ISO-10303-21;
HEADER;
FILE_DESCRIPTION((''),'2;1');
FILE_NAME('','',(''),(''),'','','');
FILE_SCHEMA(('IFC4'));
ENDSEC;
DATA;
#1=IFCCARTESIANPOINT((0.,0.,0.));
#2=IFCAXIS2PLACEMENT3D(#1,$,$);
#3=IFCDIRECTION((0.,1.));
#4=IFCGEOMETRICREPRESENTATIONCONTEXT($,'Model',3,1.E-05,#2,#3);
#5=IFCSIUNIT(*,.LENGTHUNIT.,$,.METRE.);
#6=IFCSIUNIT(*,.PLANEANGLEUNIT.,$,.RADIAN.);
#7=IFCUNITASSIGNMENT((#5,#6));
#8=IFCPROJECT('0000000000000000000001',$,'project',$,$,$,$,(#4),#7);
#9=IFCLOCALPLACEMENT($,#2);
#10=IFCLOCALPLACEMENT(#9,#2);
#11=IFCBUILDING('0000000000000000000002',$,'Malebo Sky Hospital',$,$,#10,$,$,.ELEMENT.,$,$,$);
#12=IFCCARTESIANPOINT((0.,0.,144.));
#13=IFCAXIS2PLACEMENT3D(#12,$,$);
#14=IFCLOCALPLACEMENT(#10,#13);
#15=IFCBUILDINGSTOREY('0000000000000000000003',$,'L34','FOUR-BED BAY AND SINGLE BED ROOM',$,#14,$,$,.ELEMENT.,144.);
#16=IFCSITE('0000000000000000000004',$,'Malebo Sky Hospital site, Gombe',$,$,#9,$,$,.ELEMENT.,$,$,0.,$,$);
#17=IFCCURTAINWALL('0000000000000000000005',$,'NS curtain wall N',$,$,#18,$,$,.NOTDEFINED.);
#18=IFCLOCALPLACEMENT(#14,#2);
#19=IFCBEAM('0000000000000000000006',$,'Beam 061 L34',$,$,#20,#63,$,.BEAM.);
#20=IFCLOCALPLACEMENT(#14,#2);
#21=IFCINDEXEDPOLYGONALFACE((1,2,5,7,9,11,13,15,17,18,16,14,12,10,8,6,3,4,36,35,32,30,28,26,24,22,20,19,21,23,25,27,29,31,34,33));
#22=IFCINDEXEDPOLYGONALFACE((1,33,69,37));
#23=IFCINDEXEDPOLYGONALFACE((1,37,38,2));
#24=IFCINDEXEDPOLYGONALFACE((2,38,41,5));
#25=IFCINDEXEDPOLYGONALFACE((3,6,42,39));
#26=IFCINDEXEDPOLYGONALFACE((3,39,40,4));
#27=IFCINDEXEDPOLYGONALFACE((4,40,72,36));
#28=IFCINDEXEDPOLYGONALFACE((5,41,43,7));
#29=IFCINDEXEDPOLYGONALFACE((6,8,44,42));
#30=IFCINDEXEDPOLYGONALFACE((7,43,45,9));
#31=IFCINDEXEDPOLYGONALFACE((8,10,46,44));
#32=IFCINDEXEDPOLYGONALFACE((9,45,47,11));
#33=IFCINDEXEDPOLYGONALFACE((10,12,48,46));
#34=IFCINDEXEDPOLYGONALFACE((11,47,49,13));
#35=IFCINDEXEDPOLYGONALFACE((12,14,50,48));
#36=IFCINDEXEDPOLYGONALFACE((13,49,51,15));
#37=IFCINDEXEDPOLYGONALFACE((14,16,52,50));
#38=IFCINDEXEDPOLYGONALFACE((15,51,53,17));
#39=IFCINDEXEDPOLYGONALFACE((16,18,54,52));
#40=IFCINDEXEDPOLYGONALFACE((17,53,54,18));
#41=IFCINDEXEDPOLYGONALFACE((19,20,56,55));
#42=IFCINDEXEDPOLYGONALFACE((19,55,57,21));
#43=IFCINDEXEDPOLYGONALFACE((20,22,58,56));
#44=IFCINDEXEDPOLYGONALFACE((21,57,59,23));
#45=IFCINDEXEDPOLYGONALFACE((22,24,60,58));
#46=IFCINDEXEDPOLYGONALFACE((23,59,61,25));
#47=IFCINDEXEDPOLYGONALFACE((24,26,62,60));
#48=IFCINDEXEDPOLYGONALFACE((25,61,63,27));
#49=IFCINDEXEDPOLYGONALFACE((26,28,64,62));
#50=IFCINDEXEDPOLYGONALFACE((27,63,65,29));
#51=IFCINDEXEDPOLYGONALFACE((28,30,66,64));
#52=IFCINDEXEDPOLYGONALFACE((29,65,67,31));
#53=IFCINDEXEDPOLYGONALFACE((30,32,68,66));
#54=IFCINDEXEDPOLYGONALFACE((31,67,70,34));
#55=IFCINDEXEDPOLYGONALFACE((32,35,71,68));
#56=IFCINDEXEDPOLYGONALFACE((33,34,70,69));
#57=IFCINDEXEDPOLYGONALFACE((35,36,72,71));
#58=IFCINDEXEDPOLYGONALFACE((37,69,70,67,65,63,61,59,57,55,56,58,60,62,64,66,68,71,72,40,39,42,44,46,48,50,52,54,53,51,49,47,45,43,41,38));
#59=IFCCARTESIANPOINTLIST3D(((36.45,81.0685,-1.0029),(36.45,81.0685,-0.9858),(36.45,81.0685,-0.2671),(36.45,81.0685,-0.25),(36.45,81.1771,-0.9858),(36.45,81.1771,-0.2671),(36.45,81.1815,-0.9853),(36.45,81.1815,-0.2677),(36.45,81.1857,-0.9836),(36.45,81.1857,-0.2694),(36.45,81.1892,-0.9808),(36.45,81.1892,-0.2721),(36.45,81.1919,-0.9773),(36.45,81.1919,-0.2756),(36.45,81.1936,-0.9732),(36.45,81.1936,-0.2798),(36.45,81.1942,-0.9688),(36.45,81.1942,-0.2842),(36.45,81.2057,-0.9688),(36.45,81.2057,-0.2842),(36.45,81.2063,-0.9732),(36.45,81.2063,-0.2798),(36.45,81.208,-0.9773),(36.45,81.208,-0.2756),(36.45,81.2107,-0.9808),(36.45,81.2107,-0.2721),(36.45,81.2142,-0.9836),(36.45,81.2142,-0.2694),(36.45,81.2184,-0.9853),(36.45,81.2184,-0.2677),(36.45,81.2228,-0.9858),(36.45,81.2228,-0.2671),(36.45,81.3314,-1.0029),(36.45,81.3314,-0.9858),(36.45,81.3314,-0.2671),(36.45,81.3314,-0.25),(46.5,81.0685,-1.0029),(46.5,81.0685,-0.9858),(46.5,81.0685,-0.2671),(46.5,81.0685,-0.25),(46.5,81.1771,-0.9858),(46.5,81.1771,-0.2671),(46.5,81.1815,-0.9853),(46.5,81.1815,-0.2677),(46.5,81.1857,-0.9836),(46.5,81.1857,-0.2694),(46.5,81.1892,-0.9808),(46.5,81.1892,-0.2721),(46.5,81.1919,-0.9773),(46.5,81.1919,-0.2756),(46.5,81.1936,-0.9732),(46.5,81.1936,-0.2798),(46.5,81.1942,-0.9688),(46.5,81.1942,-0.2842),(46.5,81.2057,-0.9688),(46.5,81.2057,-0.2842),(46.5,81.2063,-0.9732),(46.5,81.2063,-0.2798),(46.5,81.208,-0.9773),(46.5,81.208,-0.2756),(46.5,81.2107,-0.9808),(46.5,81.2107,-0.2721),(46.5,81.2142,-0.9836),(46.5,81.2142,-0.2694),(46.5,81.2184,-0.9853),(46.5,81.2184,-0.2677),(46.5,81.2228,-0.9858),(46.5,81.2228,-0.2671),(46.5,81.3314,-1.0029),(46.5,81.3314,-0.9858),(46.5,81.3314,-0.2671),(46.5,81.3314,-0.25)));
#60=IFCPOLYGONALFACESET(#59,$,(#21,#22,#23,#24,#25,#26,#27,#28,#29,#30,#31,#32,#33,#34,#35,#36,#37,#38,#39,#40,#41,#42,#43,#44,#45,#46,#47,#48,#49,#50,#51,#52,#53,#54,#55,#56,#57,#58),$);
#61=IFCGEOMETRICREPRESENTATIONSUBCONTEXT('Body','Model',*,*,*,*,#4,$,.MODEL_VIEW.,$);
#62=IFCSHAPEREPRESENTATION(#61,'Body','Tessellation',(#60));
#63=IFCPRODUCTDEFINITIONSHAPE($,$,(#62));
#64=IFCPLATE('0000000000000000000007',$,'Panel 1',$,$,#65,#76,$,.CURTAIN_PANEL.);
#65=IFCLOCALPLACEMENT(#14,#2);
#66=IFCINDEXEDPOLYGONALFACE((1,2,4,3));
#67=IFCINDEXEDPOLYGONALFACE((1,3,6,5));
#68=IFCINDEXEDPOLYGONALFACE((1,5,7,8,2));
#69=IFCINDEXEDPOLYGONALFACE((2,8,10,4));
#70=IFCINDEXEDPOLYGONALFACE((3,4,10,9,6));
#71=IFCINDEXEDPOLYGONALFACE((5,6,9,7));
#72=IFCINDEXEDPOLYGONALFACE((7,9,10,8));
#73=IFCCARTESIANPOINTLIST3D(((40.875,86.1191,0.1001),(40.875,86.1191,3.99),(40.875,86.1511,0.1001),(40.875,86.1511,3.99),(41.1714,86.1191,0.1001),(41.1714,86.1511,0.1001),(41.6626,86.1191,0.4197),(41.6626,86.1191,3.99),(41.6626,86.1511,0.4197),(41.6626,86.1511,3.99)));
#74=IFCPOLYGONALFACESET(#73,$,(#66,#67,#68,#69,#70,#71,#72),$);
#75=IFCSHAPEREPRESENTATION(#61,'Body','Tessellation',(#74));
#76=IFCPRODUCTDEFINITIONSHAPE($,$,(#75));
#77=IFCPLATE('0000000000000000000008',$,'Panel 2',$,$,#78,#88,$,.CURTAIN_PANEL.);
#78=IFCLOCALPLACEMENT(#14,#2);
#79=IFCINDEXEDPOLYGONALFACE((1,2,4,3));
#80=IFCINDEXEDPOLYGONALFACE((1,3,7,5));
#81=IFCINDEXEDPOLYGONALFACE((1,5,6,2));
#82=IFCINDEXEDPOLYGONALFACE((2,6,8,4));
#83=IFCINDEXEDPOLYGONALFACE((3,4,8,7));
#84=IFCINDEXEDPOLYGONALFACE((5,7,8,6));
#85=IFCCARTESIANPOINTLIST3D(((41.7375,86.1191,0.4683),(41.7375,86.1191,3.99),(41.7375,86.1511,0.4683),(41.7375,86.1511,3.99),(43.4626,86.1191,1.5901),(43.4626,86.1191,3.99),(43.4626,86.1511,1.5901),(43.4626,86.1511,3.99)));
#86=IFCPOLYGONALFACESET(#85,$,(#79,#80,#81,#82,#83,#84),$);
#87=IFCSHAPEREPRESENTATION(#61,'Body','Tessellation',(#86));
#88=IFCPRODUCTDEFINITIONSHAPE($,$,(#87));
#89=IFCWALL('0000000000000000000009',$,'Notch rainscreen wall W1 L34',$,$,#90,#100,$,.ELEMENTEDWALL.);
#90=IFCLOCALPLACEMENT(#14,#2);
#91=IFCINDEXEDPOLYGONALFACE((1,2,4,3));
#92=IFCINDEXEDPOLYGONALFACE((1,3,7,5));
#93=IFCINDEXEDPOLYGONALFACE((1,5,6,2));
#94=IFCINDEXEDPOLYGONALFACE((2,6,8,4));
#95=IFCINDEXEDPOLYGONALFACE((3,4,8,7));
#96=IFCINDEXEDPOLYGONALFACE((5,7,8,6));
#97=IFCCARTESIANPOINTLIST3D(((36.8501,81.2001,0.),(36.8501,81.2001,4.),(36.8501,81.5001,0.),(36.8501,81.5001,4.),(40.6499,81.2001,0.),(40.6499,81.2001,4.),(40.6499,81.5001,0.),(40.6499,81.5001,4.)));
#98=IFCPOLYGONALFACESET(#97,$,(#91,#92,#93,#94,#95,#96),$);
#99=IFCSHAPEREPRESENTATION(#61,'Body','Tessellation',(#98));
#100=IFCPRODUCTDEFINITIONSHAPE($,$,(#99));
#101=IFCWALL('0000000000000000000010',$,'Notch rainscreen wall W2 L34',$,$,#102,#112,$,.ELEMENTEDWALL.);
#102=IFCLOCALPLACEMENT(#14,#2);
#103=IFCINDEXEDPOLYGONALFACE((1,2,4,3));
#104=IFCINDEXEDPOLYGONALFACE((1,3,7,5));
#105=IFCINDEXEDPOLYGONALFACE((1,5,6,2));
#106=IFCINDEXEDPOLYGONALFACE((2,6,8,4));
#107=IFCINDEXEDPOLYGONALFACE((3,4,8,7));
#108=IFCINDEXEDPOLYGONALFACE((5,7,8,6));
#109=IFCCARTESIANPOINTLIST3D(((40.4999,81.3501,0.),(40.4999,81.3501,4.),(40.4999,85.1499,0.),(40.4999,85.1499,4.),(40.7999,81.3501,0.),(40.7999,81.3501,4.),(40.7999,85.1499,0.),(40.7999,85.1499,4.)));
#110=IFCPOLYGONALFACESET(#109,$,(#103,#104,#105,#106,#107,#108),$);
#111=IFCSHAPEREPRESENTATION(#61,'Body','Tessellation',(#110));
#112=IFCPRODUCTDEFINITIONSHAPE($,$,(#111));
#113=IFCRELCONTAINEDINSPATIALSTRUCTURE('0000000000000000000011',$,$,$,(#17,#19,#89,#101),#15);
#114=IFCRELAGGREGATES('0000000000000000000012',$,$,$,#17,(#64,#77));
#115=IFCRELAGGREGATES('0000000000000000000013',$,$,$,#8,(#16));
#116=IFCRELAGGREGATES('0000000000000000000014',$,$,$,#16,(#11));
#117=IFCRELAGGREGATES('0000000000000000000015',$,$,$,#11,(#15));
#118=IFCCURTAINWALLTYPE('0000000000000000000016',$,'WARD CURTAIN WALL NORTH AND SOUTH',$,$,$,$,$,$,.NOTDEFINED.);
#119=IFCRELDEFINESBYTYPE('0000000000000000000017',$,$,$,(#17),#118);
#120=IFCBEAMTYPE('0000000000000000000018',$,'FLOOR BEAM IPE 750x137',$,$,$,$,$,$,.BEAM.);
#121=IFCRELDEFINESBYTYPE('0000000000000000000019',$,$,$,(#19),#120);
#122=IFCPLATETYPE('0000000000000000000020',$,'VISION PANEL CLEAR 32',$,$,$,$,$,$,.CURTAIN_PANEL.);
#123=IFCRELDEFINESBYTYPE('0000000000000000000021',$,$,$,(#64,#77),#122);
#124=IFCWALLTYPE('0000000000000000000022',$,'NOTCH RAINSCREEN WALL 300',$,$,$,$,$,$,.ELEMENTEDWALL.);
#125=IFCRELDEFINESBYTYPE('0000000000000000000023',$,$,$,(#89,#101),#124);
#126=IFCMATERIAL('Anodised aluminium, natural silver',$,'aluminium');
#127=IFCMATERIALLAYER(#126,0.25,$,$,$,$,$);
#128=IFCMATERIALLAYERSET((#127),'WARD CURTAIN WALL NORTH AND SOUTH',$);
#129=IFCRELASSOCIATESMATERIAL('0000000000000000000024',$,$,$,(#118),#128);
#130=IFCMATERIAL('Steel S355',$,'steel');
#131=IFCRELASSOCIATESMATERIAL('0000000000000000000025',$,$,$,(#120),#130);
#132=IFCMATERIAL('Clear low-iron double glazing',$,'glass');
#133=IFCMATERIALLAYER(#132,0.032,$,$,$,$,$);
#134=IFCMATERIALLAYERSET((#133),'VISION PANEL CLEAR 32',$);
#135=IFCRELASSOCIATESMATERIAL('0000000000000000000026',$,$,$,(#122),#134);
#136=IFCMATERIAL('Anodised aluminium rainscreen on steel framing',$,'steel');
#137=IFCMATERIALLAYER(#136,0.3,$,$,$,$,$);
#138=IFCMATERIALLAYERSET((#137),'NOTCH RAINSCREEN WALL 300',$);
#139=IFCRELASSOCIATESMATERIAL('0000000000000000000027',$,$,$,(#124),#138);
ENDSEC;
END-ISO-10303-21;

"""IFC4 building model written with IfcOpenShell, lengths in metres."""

from ifc_helpers import new_model, si_unit, direction, frame, frame_2d, origin, origin_2d, place, context, subcontext, project, spatial, polyline, rectangle, i_section, outline, extrude, material, layer, layer_set, material_profile, profile_set, type_object, element, aggregate, save


model = new_model("IFC4")

# Units and contexts
model_context = context("Model", 3, precision=1e-05, world=origin(), true_north=direction((0.0, 1.0)))
body_context = subcontext(model_context, "Body", "Model", "MODEL_VIEW")
ifc_project = project(units=[si_unit("LENGTHUNIT", "METRE"), si_unit("PLANEANGLEUNIT", "RADIAN")], contexts=[model_context])

# Site, building, storey
site_placement = place(None, origin())
site = spatial("IfcSite", under=ifc_project, at=site_placement, Name="Malebo Sky Hospital site, Gombe", CompositionType="ELEMENT", RefElevation=0.0)
building_placement = place(site_placement, origin())
building = spatial("IfcBuilding", under=site, at=building_placement, Name="Malebo Sky Hospital", CompositionType="ELEMENT")
storey_placement = place(building_placement, frame((0.0, 0.0, 144.0)))
storey = spatial("IfcBuildingStorey", under=building, at=storey_placement, Name="L34", Description="FOUR-BED BAY AND SINGLE BED ROOM", CompositionType="ELEMENT", Elevation=144.0)

# Curtain wall
ifc_material_1 = material(Name="Anodised aluminium, natural silver", Category="aluminium")
ifc_layer_1 = layer(ifc_material_1, 0.25)
ifc_layer_set_1 = layer_set([ifc_layer_1], Name="WARD CURTAIN WALL NORTH AND SOUTH")
curtain_wall_type_1 = type_object("IfcCurtainWallType", Name="WARD CURTAIN WALL NORTH AND SOUTH", PredefinedType="NOTDEFINED", material=ifc_layer_set_1)
curtain_wall_1_placement = place(storey_placement, origin())
curtain_wall_1 = element("IfcCurtainWall", 1, at=curtain_wall_1_placement, inside=storey, type_object=curtain_wall_type_1, Name="NS curtain wall N", PredefinedType="NOTDEFINED")

# Shared definitions
ifc_material_2 = material(Name="Steel S355", Category="steel")

# Beam
ifc_material_profile_1 = material_profile(ifc_material_2, i_section(OverallWidth=0.2629, OverallDepth=0.7529, WebThickness=0.0115, FlangeThickness=0.0171, FilletRadius=0.0171, at=origin_2d()), Name="IPE 750x137")
ifc_profile_set_1 = profile_set([ifc_material_profile_1], Name="Steel S355")
beam_type_1 = type_object("IfcBeamType", Name="FLOOR BEAM IPE 750x137", PredefinedType="BEAM", material=ifc_profile_set_1)
beam_1_placement = place(storey_placement, frame((36.45, 81.2, -0.6265), z_axis=(1.0, 0.0, 0.0), x_axis=(0.0, 1.0, 0.0)))
element("IfcBeam", 2, at=beam_1_placement, inside=storey, type_object=beam_type_1, Name="Beam 061 L34", PredefinedType="BEAM", context=body_context, shape_type="SweptSolid", body=[
    extrude(i_section(OverallWidth=0.2629, OverallDepth=0.7529, WebThickness=0.0115, FlangeThickness=0.0171, FilletRadius=0.0171, at=origin_2d()), origin(), (0.0, 0.0, 1.0), 10.05),
])

# Plates
ifc_material_3 = material(Name="Clear low-iron double glazing", Category="glass")
ifc_layer_2 = layer(ifc_material_3, 0.032)
ifc_layer_set_2 = layer_set([ifc_layer_2], Name="VISION PANEL CLEAR 32")
plate_type = type_object("IfcPlateType", Name="VISION PANEL CLEAR 32", PredefinedType="CURTAIN_PANEL", material=ifc_layer_set_2)
plate_1_placement = place(storey_placement, frame((41.2688, 86.135, 0.1001), z_axis=(0.0, 0.0, 1.0), x_axis=(1.0, 0.0, 0.0)))
plate_1 = element("IfcPlate", 3, at=plate_1_placement, type_object=plate_type, Name="Panel 1", PredefinedType="CURTAIN_PANEL", context=body_context, shape_type="SweptSolid", body=[
    extrude(outline(polyline([(-0.3938, 0.0), (-0.0974, 0.0), (0.3938, 0.3196), (0.3938, 3.8899), (-0.3938, 3.8899), (-0.3938, 0.0)])), frame((0.0, 0.0161, 0.0), z_axis=(0.0, -1.0, 0.0), x_axis=(1.0, 0.0, 0.0)), (0.0, 0.0, 1.0), 0.032),
])
plate_2_placement = place(storey_placement, frame((42.6001, 86.135, 0.4683), z_axis=(0.0, 0.0, 1.0), x_axis=(1.0, 0.0, 0.0)))
plate_2 = element("IfcPlate", 4, at=plate_2_placement, type_object=plate_type, Name="Panel 2", PredefinedType="CURTAIN_PANEL", context=body_context, shape_type="SweptSolid", body=[
    extrude(outline(polyline([(-0.8625, 0.0), (0.8625, 1.1218), (0.8625, 3.5217), (-0.8625, 3.5217), (-0.8625, 0.0)])), frame((0.0, 0.0161, 0.0), z_axis=(0.0, -1.0, 0.0), x_axis=(1.0, 0.0, 0.0)), (0.0, 0.0, 1.0), 0.032),
])
aggregate(curtain_wall_1, [plate_1, plate_2])

# Walls
ifc_material_4 = material(Name="Anodised aluminium rainscreen on steel framing", Category="steel")
ifc_layer_3 = layer(ifc_material_4, 0.3)
ifc_layer_set_3 = layer_set([ifc_layer_3], Name="NOTCH RAINSCREEN WALL 300")
wall_type = type_object("IfcWallType", Name="NOTCH RAINSCREEN WALL 300", PredefinedType="ELEMENTEDWALL", material=ifc_layer_set_3)
for number, where, z_axis, x_axis, name in (
    (5, (36.8501, 81.3501, 0.0), (0.0, 0.0, 1.0), (1.0, 0.0, 0.0), "Notch rainscreen wall W1 L34"),
    (6, (40.6499, 81.3501, 0.0), (0.0, 0.0, 1.0), (0.0, 1.0, 0.0), "Notch rainscreen wall W2 L34"),
):
    element("IfcWall", number, at=place(storey_placement, frame(where, z_axis=z_axis, x_axis=x_axis)), inside=storey, type_object=wall_type, Name=name, PredefinedType="ELEMENTEDWALL", context=body_context, shape_type="SweptSolid", body=[
        extrude(rectangle(XDim=3.7998, YDim=0.3, at=frame_2d((1.8999, 0.0))), origin(), (0.0, 0.0, 1.0), 4.0),
    ])

save(model, "model.ifc")
